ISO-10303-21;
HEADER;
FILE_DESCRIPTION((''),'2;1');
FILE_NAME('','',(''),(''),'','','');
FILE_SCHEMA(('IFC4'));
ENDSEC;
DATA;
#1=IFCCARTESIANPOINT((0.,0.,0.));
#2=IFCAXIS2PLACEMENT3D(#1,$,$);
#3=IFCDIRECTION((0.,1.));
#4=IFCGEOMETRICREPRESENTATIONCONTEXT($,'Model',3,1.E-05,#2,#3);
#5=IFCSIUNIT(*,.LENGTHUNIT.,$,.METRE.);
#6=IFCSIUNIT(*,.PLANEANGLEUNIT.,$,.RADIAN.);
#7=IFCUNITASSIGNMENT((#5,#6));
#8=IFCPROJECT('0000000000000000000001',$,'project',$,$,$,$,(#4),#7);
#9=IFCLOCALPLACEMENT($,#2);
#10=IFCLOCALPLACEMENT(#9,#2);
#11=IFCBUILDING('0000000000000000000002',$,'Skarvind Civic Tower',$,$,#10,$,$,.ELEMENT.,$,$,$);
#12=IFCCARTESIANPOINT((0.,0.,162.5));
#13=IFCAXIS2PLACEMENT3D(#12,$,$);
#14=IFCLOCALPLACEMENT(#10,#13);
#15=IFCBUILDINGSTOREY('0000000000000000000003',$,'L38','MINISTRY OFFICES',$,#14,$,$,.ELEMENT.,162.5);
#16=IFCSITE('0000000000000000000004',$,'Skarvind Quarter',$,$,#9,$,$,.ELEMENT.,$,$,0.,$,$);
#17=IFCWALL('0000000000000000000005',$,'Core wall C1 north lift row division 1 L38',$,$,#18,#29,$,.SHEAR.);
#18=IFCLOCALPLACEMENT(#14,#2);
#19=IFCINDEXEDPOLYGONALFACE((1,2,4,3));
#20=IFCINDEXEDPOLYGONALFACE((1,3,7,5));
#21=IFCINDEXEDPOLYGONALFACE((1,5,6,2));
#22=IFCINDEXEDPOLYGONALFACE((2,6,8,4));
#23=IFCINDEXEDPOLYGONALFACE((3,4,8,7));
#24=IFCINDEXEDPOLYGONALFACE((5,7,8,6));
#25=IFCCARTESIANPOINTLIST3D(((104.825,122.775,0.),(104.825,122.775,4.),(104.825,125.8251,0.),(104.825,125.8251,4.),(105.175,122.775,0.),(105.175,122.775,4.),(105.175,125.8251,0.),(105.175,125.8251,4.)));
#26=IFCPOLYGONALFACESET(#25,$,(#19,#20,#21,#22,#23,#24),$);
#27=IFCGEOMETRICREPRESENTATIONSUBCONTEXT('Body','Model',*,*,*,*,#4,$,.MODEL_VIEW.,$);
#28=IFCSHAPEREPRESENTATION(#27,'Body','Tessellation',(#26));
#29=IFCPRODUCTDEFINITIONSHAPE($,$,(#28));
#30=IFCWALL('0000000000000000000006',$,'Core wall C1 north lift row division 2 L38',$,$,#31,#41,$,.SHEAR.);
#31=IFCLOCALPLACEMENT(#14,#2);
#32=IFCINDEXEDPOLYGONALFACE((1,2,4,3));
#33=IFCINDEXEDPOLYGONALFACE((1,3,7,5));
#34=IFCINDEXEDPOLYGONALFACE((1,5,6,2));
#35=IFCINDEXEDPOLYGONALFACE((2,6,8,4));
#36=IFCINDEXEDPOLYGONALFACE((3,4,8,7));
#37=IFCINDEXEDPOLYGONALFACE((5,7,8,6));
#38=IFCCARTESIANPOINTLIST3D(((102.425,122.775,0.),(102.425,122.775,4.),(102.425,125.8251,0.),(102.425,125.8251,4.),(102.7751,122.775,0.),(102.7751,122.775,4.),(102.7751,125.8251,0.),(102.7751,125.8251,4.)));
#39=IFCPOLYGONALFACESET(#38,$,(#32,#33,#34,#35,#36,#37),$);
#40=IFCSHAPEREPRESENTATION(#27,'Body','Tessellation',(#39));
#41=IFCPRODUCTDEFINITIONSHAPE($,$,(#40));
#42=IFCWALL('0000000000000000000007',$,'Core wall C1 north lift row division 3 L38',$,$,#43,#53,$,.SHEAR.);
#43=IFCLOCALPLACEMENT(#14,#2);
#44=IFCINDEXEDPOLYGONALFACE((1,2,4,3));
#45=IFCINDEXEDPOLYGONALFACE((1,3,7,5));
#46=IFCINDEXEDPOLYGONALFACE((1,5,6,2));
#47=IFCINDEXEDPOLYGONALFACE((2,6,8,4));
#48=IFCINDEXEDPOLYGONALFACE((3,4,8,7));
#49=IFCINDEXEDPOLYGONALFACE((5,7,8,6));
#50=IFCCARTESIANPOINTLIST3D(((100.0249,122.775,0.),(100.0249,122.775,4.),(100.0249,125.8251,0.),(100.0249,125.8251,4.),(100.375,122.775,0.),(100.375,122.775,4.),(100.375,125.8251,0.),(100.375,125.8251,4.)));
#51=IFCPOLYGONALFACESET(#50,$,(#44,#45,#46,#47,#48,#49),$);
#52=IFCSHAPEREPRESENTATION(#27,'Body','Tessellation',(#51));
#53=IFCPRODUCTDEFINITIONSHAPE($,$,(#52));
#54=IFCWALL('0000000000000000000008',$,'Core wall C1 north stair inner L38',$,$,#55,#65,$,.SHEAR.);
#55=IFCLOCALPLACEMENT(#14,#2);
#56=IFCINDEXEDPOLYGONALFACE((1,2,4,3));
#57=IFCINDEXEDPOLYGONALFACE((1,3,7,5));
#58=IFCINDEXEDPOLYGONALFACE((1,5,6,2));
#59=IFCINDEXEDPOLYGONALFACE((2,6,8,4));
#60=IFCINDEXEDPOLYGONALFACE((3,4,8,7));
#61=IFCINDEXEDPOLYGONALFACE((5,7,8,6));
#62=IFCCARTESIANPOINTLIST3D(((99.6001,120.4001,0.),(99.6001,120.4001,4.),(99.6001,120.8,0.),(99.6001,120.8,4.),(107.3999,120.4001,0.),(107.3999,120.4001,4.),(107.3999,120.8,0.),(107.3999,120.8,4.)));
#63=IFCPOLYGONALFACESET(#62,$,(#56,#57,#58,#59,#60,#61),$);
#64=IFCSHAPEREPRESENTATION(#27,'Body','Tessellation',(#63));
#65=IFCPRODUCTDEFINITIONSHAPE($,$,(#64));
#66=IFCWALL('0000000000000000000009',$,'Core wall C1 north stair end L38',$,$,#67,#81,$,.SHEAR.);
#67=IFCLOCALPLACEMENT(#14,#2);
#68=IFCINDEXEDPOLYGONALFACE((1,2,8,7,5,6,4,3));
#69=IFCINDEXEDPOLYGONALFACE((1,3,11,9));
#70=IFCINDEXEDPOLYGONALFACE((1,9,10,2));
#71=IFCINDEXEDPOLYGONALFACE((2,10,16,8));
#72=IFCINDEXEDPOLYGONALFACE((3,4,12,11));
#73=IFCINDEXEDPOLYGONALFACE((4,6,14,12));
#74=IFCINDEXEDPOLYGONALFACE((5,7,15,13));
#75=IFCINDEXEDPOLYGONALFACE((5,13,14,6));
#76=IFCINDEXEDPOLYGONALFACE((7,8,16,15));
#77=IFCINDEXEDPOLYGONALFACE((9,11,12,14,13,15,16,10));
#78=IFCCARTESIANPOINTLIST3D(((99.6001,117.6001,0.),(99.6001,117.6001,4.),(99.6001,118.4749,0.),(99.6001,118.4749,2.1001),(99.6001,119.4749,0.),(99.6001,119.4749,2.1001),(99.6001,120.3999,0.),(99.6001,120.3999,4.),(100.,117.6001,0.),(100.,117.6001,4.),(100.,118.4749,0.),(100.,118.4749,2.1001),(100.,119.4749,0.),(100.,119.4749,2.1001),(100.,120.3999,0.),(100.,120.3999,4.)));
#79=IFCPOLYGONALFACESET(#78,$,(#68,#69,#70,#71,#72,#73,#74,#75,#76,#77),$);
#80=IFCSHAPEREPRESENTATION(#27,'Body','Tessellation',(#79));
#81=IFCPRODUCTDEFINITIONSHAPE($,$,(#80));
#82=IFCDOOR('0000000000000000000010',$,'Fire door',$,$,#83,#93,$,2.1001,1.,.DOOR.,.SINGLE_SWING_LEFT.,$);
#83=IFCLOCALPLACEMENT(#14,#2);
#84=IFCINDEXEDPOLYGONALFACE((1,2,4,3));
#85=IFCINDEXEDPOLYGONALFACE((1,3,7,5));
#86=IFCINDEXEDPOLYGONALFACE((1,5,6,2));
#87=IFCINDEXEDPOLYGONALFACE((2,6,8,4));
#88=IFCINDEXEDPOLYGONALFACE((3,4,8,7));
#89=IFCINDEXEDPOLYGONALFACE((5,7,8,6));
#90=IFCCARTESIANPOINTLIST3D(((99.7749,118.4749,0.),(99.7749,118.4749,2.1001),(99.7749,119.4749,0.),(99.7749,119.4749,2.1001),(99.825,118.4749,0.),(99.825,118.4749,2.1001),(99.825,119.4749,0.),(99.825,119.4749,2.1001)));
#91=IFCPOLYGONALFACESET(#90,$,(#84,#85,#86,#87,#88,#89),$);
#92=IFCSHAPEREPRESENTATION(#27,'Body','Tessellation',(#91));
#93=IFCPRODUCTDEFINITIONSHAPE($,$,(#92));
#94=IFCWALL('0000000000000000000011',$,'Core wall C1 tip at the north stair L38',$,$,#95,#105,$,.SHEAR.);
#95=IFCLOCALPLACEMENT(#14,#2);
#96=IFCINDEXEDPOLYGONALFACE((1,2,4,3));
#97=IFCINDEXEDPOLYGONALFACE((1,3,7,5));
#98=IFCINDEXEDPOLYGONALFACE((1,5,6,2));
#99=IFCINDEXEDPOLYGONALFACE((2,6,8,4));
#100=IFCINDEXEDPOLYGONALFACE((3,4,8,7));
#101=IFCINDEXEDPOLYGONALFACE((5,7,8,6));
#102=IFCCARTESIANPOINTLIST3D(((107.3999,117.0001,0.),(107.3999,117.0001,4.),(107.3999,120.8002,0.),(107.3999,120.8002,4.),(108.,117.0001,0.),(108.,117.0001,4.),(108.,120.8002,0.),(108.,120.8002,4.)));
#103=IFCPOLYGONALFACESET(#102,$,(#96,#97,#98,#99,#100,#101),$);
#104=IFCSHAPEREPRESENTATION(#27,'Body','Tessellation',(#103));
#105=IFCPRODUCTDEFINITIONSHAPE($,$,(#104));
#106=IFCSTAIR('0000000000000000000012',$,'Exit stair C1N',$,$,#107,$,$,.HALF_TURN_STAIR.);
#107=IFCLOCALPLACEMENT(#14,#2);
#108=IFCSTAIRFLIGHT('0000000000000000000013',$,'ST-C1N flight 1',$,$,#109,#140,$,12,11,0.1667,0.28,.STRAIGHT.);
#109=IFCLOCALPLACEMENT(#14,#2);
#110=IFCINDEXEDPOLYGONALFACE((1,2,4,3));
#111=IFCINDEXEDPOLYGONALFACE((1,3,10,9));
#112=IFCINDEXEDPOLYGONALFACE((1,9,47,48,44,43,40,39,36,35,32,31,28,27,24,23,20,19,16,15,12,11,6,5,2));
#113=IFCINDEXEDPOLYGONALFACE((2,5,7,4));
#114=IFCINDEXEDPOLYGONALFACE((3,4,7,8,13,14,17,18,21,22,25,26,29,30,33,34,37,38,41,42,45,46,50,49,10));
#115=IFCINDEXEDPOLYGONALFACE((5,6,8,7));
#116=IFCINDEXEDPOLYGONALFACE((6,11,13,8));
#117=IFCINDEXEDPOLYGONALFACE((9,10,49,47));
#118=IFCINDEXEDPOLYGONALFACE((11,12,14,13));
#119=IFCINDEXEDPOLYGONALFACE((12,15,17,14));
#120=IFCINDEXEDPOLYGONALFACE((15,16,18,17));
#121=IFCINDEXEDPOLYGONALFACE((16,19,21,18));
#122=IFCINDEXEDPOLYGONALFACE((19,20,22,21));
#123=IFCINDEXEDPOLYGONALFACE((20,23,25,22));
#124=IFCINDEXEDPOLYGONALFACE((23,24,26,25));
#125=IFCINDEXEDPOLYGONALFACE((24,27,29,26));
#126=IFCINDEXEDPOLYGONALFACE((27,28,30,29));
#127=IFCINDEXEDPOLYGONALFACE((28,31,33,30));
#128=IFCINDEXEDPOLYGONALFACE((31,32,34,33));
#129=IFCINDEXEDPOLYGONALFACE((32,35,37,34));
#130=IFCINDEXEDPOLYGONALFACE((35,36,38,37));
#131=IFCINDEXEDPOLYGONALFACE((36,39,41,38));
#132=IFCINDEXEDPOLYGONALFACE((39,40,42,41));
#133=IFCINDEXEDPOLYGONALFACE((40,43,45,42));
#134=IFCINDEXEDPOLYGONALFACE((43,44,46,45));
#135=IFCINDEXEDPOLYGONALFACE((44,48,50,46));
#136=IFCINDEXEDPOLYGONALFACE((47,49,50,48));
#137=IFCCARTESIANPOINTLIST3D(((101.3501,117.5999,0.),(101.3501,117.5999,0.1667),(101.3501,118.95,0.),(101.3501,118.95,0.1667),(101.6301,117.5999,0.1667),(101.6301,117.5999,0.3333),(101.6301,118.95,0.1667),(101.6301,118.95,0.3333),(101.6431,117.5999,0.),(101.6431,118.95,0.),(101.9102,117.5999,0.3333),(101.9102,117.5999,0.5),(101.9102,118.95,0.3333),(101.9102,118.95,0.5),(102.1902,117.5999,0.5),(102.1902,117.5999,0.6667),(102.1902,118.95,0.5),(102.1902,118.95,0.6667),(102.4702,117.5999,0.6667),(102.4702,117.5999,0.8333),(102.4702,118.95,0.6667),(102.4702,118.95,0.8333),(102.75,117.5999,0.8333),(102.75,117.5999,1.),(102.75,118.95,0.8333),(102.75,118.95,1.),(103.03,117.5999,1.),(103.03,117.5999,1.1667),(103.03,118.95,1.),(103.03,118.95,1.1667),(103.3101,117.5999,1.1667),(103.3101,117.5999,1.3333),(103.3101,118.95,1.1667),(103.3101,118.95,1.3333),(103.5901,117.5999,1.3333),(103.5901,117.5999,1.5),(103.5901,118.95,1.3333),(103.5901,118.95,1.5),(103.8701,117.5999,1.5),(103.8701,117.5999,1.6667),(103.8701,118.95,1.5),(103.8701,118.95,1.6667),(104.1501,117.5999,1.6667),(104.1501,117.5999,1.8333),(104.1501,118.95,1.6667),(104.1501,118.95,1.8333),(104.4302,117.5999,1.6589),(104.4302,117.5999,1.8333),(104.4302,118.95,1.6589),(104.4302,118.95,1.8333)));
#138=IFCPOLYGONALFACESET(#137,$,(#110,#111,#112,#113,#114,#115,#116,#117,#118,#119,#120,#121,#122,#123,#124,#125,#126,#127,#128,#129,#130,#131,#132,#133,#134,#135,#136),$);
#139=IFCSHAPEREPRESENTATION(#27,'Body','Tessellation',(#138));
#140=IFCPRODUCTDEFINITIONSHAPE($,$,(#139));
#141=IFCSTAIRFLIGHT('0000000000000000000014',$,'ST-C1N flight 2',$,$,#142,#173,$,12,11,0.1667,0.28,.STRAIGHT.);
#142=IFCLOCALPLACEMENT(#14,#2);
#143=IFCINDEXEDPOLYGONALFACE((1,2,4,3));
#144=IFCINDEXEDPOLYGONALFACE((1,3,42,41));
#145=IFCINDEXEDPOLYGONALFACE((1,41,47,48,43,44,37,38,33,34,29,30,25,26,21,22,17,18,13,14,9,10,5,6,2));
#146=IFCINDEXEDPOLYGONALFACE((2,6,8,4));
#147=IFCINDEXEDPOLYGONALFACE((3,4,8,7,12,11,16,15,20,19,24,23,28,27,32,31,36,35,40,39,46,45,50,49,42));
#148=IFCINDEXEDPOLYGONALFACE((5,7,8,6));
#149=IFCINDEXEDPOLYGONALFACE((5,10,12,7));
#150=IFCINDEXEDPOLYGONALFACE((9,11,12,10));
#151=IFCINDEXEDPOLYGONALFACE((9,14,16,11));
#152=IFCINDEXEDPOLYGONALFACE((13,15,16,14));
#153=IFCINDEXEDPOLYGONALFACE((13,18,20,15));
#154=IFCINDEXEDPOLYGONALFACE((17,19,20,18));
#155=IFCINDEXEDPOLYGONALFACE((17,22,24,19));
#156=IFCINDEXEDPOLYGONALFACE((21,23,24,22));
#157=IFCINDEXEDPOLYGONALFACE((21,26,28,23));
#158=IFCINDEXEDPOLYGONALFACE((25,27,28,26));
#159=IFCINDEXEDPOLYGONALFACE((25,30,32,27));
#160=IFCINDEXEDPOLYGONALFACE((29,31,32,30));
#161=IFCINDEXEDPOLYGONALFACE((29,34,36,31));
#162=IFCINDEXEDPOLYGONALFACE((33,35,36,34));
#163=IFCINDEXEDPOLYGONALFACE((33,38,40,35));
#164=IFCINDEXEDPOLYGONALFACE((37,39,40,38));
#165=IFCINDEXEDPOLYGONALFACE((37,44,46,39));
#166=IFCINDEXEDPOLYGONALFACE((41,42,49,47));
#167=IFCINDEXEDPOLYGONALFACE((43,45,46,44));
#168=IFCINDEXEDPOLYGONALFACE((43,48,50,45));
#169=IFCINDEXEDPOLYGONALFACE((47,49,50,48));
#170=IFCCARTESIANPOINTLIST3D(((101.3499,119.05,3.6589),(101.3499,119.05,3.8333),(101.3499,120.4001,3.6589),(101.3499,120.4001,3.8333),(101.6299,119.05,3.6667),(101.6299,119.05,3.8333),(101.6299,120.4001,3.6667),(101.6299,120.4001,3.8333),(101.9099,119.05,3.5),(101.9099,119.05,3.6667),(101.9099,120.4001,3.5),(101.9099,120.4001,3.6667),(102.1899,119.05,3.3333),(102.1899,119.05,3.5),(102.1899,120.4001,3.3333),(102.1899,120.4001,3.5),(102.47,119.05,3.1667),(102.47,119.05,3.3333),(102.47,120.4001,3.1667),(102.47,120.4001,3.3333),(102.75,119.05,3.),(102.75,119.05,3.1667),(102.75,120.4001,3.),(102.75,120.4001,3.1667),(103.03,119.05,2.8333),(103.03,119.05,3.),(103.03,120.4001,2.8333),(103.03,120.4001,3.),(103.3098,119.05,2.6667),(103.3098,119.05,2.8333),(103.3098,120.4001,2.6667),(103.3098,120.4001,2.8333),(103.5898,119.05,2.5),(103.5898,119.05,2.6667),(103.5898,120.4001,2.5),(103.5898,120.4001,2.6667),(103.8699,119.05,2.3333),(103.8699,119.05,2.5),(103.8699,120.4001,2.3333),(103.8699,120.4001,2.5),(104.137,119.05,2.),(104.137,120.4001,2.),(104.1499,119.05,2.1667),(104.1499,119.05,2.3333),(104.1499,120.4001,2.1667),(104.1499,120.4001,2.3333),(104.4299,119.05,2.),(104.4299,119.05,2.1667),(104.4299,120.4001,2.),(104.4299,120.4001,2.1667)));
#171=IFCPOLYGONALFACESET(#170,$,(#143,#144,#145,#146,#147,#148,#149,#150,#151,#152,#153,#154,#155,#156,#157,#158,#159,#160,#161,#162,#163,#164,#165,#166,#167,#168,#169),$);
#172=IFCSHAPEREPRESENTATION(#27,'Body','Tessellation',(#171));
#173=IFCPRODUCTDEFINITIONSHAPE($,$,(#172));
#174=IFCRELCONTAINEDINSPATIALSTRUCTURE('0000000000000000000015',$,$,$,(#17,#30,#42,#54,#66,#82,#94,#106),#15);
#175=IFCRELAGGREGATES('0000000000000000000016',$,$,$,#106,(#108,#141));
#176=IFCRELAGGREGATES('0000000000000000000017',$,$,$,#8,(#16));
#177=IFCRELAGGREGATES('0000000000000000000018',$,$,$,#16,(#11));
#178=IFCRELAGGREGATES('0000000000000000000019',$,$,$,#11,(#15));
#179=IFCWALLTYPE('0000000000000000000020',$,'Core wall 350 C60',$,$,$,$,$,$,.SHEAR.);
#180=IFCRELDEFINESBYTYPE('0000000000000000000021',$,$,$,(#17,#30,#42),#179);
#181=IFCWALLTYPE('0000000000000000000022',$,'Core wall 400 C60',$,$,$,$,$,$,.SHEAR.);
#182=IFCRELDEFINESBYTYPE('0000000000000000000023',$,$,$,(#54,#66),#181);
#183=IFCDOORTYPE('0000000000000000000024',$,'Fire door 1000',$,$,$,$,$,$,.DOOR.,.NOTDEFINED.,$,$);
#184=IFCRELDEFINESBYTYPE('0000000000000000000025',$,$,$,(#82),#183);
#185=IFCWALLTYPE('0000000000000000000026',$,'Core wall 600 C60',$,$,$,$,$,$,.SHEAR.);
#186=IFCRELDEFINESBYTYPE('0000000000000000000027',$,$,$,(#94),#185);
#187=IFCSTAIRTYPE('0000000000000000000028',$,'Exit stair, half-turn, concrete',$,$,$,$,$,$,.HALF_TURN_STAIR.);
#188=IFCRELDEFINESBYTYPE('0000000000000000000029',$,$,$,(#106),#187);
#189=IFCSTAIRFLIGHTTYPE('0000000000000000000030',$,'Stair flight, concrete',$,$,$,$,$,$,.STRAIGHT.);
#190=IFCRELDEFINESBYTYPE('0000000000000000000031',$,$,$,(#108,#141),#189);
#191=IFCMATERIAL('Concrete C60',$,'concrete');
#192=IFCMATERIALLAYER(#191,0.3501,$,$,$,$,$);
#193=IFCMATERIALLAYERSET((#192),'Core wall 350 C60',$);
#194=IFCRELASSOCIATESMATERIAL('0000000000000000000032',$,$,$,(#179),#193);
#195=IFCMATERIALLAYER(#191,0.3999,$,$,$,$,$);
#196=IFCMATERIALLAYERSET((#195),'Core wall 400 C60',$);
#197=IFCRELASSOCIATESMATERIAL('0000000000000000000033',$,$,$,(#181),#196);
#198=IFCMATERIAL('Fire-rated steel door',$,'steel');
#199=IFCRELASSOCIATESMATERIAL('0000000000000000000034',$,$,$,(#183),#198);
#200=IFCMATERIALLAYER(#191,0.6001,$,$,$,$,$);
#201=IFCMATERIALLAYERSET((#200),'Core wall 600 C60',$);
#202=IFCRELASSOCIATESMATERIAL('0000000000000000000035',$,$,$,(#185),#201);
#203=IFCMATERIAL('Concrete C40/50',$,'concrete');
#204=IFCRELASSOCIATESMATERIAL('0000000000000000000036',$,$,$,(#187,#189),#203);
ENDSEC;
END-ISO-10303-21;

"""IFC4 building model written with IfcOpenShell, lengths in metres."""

from ifc_helpers import new_model, si_unit, direction, frame, frame_2d, origin, place, context, subcontext, project, spatial, polyline, rectangle, outline, extrude, material, layer, layer_set, type_object, element, fill, aggregate, save


model = new_model("IFC4")

# Units and contexts
model_context = context("Model", 3, precision=1e-05, world=origin(), true_north=direction((0.0, 1.0)))
body_context = subcontext(model_context, "Body", "Model", "MODEL_VIEW")
ifc_project = project(units=[si_unit("LENGTHUNIT", "METRE"), si_unit("PLANEANGLEUNIT", "RADIAN")], contexts=[model_context])

# Site, building, storey
site_placement = place(None, origin())
site = spatial("IfcSite", under=ifc_project, at=site_placement, Name="Skarvind Quarter", CompositionType="ELEMENT", RefElevation=0.0)
building_placement = place(site_placement, origin())
building = spatial("IfcBuilding", under=site, at=building_placement, Name="Skarvind Civic Tower", CompositionType="ELEMENT")
storey_placement = place(building_placement, frame((0.0, 0.0, 162.5)))
storey = spatial("IfcBuildingStorey", under=building, at=storey_placement, Name="L38", Description="MINISTRY OFFICES", CompositionType="ELEMENT", Elevation=162.5)

# Shared definitions
ifc_material_1 = material(Name="Concrete C60", Category="concrete")
ifc_layer_1 = layer(ifc_material_1, 0.3501)
ifc_layer_set_1 = layer_set([ifc_layer_1], Name="Core wall 350 C60")
wall_type_1 = type_object("IfcWallType", Name="Core wall 350 C60", PredefinedType="SHEAR", material=ifc_layer_set_1)
ifc_material_2 = material(Name="Fire-rated steel door", Category="steel")

# Walls
for number, where, z_axis, x_axis, name in (
    (1, (105.0, 125.825, 0.0), (0.0, 0.0, 1.0), (0.0, -1.0, 0.0), "Core wall C1 north lift row division 1 L38"),
    (2, (102.6001, 125.825, 0.0), (0.0, 0.0, 1.0), (0.0, -1.0, 0.0), "Core wall C1 north lift row division 2 L38"),
    (3, (100.2, 125.825, 0.0), (0.0, 0.0, 1.0), (0.0, -1.0, 0.0), "Core wall C1 north lift row division 3 L38"),
):
    element("IfcWall", number, at=place(storey_placement, frame(where, z_axis=z_axis, x_axis=x_axis)), inside=storey, type_object=wall_type_1, Name=name, PredefinedType="SHEAR", context=body_context, shape_type="SweptSolid", body=[
        extrude(rectangle(XDim=3.05, YDim=0.3501, at=frame_2d((1.5249, 0.0))), origin(), (0.0, 0.0, 1.0), 4.0),
    ])
ifc_layer_2 = layer(ifc_material_1, 0.3999)
ifc_layer_set_2 = layer_set([ifc_layer_2], Name="Core wall 400 C60")
wall_type_2 = type_object("IfcWallType", Name="Core wall 400 C60", PredefinedType="SHEAR", material=ifc_layer_set_2)
wall_1_placement = place(storey_placement, frame((107.3999, 120.6001, 0.0), z_axis=(0.0, 0.0, 1.0), x_axis=(-1.0, 0.0, 0.0)))
element("IfcWall", 4, at=wall_1_placement, inside=storey, type_object=wall_type_2, Name="Core wall C1 north stair inner L38", PredefinedType="SHEAR", context=body_context, shape_type="SweptSolid", body=[
    extrude(rectangle(XDim=7.7998, YDim=0.3999, at=frame_2d((3.8999, 0.0))), origin(), (0.0, 0.0, 1.0), 4.0),
])

# Wall, opening, door
wall_2_placement = place(storey_placement, frame((99.8, 120.3999, 0.0), z_axis=(0.0, 0.0, 1.0), x_axis=(0.0, -1.0, 0.0)))
wall_2 = element("IfcWall", 5, at=wall_2_placement, inside=storey, type_object=wall_type_2, Name="Core wall C1 north stair end L38", PredefinedType="SHEAR", context=body_context, shape_type="SweptSolid", body=[
    extrude(rectangle(XDim=2.7998, YDim=0.3999, at=frame_2d((1.3999, 0.0))), origin(), (0.0, 0.0, 1.0), 4.0),
])
opening_1_placement = place(wall_2_placement, frame((0.925, 0.0, 0.0)))
opening_1 = element("IfcOpeningElement", 6, at=opening_1_placement, cuts=wall_2, PredefinedType="OPENING", context=body_context, shape_type="SweptSolid", body=[
    extrude(rectangle(XDim=1.0, YDim=2.1001, at=frame_2d((0.5, 1.05))), frame((0.0, 0.21, 0.0), z_axis=(0.0, -1.0, 0.0), x_axis=(1.0, 0.0, 0.0)), (0.0, 0.0, 1.0), 0.4199),
])
door_type_1 = type_object("IfcDoorType", Name="Fire door 1000", OperationType="NOTDEFINED", PredefinedType="DOOR", material=ifc_material_2)
door_1_placement = place(opening_1_placement, origin())
door_1 = element("IfcDoor", 7, at=door_1_placement, inside=storey, type_object=door_type_1, Name="Fire door", OperationType="SINGLE_SWING_LEFT", OverallHeight=2.1001, OverallWidth=1.0, PredefinedType="DOOR", context=body_context, shape_type="SweptSolid", body=[
    extrude(rectangle(XDim=1.0, YDim=2.1001, at=frame_2d((0.5, 1.05))), frame((0.0, 0.0249, 0.0), z_axis=(0.0, -1.0, 0.0), x_axis=(1.0, 0.0, 0.0)), (0.0, 0.0, 1.0), 0.05),
])
fill(opening_1, door_1)

# Wall
ifc_layer_3 = layer(ifc_material_1, 0.6001)
ifc_layer_set_3 = layer_set([ifc_layer_3], Name="Core wall 600 C60")
wall_type_3 = type_object("IfcWallType", Name="Core wall 600 C60", PredefinedType="SHEAR", material=ifc_layer_set_3)
wall_3_placement = place(storey_placement, frame((107.7, 120.8, 0.0), z_axis=(0.0, 0.0, 1.0), x_axis=(0.0, -1.0, 0.0)))
element("IfcWall", 8, at=wall_3_placement, inside=storey, type_object=wall_type_3, Name="Core wall C1 tip at the north stair L38", PredefinedType="SHEAR", context=body_context, shape_type="SweptSolid", body=[
    extrude(rectangle(XDim=3.8, YDim=0.6001, at=frame_2d((1.8999, 0.0))), origin(), (0.0, 0.0, 1.0), 4.0),
])

# Stair, stair flights
ifc_material_3 = material(Name="Concrete C40/50", Category="concrete")
stair_type = type_object("IfcStairType", Name="Exit stair, half-turn, concrete", PredefinedType="HALF_TURN_STAIR", material=ifc_material_3)
stair_placement = place(storey_placement, origin())
stair = element("IfcStair", 9, at=stair_placement, inside=storey, type_object=stair_type, Name="Exit stair C1N", PredefinedType="HALF_TURN_STAIR")
stair_flight_type = type_object("IfcStairFlightType", Name="Stair flight, concrete", PredefinedType="STRAIGHT", material=ifc_material_3)
stair_flight_1_placement = place(storey_placement, frame((101.3501, 118.2749, 0.0), z_axis=(0.0, 0.0, 1.0), x_axis=(1.0, 0.0, 0.0)))
stair_flight_1 = element("IfcStairFlight", 10, at=stair_flight_1_placement, type_object=stair_flight_type, Name="ST-C1N flight 1", NumberOfRisers=12, NumberOfTreads=11, PredefinedType="STRAIGHT", RiserHeight=0.1667, TreadLength=0.28, context=body_context, shape_type="SweptSolid", body=[
    extrude(outline(polyline([(0.0, 0.0), (0.0, 0.1667), (0.28, 0.1667), (0.28, 0.3333), (0.5601, 0.3333), (0.5601, 0.5), (0.8401, 0.5), (0.8401, 0.6667), (1.1201, 0.6667), (1.1201, 0.8333), (1.3999, 0.8333), (1.3999, 1.0), (1.6799, 1.0), (1.6799, 1.1667), (1.96, 1.1667), (1.96, 1.3333), (2.24, 1.3333), (2.24, 1.5), (2.52, 1.5), (2.52, 1.6667), (2.8, 1.6667), (2.8, 1.8333), (3.0801, 1.8333), (3.0801, 2.0), (3.0801, 1.6589), (0.293, 0.0), (0.0, 0.0)])), frame((0.0, 0.675, 0.0), z_axis=(0.0, -1.0, 0.0), x_axis=(1.0, 0.0, 0.0)), (0.0, 0.0, 1.0), 1.3501),
])
stair_flight_2_placement = place(storey_placement, frame((104.4299, 119.7251, 2.0), z_axis=(0.0, 0.0, 1.0), x_axis=(-1.0, 0.0, 0.0)))
stair_flight_2 = element("IfcStairFlight", 11, at=stair_flight_2_placement, type_object=stair_flight_type, Name="ST-C1N flight 2", NumberOfRisers=12, NumberOfTreads=11, PredefinedType="STRAIGHT", RiserHeight=0.1667, TreadLength=0.28, context=body_context, shape_type="SweptSolid", body=[
    extrude(outline(polyline([(0.0, 0.0), (0.0, 0.1667), (0.28, 0.1667), (0.28, 0.3333), (0.5601, 0.3333), (0.5601, 0.5), (0.8401, 0.5), (0.8401, 0.6667), (1.1201, 0.6667), (1.1201, 0.8333), (1.3999, 0.8333), (1.3999, 1.0), (1.6799, 1.0), (1.6799, 1.1667), (1.96, 1.1667), (1.96, 1.3333), (2.24, 1.3333), (2.24, 1.5), (2.52, 1.5), (2.52, 1.6667), (2.8, 1.6667), (2.8, 1.8333), (3.0801, 1.8333), (3.0801, 2.0), (3.0801, 1.6589), (0.293, 0.0), (0.0, 0.0)])), frame((0.0, 0.675, 0.0), z_axis=(0.0, -1.0, 0.0), x_axis=(1.0, 0.0, 0.0)), (0.0, 0.0, 1.0), 1.3501),
])
aggregate(stair, [stair_flight_1, stair_flight_2])

save(model, "model.ifc")
